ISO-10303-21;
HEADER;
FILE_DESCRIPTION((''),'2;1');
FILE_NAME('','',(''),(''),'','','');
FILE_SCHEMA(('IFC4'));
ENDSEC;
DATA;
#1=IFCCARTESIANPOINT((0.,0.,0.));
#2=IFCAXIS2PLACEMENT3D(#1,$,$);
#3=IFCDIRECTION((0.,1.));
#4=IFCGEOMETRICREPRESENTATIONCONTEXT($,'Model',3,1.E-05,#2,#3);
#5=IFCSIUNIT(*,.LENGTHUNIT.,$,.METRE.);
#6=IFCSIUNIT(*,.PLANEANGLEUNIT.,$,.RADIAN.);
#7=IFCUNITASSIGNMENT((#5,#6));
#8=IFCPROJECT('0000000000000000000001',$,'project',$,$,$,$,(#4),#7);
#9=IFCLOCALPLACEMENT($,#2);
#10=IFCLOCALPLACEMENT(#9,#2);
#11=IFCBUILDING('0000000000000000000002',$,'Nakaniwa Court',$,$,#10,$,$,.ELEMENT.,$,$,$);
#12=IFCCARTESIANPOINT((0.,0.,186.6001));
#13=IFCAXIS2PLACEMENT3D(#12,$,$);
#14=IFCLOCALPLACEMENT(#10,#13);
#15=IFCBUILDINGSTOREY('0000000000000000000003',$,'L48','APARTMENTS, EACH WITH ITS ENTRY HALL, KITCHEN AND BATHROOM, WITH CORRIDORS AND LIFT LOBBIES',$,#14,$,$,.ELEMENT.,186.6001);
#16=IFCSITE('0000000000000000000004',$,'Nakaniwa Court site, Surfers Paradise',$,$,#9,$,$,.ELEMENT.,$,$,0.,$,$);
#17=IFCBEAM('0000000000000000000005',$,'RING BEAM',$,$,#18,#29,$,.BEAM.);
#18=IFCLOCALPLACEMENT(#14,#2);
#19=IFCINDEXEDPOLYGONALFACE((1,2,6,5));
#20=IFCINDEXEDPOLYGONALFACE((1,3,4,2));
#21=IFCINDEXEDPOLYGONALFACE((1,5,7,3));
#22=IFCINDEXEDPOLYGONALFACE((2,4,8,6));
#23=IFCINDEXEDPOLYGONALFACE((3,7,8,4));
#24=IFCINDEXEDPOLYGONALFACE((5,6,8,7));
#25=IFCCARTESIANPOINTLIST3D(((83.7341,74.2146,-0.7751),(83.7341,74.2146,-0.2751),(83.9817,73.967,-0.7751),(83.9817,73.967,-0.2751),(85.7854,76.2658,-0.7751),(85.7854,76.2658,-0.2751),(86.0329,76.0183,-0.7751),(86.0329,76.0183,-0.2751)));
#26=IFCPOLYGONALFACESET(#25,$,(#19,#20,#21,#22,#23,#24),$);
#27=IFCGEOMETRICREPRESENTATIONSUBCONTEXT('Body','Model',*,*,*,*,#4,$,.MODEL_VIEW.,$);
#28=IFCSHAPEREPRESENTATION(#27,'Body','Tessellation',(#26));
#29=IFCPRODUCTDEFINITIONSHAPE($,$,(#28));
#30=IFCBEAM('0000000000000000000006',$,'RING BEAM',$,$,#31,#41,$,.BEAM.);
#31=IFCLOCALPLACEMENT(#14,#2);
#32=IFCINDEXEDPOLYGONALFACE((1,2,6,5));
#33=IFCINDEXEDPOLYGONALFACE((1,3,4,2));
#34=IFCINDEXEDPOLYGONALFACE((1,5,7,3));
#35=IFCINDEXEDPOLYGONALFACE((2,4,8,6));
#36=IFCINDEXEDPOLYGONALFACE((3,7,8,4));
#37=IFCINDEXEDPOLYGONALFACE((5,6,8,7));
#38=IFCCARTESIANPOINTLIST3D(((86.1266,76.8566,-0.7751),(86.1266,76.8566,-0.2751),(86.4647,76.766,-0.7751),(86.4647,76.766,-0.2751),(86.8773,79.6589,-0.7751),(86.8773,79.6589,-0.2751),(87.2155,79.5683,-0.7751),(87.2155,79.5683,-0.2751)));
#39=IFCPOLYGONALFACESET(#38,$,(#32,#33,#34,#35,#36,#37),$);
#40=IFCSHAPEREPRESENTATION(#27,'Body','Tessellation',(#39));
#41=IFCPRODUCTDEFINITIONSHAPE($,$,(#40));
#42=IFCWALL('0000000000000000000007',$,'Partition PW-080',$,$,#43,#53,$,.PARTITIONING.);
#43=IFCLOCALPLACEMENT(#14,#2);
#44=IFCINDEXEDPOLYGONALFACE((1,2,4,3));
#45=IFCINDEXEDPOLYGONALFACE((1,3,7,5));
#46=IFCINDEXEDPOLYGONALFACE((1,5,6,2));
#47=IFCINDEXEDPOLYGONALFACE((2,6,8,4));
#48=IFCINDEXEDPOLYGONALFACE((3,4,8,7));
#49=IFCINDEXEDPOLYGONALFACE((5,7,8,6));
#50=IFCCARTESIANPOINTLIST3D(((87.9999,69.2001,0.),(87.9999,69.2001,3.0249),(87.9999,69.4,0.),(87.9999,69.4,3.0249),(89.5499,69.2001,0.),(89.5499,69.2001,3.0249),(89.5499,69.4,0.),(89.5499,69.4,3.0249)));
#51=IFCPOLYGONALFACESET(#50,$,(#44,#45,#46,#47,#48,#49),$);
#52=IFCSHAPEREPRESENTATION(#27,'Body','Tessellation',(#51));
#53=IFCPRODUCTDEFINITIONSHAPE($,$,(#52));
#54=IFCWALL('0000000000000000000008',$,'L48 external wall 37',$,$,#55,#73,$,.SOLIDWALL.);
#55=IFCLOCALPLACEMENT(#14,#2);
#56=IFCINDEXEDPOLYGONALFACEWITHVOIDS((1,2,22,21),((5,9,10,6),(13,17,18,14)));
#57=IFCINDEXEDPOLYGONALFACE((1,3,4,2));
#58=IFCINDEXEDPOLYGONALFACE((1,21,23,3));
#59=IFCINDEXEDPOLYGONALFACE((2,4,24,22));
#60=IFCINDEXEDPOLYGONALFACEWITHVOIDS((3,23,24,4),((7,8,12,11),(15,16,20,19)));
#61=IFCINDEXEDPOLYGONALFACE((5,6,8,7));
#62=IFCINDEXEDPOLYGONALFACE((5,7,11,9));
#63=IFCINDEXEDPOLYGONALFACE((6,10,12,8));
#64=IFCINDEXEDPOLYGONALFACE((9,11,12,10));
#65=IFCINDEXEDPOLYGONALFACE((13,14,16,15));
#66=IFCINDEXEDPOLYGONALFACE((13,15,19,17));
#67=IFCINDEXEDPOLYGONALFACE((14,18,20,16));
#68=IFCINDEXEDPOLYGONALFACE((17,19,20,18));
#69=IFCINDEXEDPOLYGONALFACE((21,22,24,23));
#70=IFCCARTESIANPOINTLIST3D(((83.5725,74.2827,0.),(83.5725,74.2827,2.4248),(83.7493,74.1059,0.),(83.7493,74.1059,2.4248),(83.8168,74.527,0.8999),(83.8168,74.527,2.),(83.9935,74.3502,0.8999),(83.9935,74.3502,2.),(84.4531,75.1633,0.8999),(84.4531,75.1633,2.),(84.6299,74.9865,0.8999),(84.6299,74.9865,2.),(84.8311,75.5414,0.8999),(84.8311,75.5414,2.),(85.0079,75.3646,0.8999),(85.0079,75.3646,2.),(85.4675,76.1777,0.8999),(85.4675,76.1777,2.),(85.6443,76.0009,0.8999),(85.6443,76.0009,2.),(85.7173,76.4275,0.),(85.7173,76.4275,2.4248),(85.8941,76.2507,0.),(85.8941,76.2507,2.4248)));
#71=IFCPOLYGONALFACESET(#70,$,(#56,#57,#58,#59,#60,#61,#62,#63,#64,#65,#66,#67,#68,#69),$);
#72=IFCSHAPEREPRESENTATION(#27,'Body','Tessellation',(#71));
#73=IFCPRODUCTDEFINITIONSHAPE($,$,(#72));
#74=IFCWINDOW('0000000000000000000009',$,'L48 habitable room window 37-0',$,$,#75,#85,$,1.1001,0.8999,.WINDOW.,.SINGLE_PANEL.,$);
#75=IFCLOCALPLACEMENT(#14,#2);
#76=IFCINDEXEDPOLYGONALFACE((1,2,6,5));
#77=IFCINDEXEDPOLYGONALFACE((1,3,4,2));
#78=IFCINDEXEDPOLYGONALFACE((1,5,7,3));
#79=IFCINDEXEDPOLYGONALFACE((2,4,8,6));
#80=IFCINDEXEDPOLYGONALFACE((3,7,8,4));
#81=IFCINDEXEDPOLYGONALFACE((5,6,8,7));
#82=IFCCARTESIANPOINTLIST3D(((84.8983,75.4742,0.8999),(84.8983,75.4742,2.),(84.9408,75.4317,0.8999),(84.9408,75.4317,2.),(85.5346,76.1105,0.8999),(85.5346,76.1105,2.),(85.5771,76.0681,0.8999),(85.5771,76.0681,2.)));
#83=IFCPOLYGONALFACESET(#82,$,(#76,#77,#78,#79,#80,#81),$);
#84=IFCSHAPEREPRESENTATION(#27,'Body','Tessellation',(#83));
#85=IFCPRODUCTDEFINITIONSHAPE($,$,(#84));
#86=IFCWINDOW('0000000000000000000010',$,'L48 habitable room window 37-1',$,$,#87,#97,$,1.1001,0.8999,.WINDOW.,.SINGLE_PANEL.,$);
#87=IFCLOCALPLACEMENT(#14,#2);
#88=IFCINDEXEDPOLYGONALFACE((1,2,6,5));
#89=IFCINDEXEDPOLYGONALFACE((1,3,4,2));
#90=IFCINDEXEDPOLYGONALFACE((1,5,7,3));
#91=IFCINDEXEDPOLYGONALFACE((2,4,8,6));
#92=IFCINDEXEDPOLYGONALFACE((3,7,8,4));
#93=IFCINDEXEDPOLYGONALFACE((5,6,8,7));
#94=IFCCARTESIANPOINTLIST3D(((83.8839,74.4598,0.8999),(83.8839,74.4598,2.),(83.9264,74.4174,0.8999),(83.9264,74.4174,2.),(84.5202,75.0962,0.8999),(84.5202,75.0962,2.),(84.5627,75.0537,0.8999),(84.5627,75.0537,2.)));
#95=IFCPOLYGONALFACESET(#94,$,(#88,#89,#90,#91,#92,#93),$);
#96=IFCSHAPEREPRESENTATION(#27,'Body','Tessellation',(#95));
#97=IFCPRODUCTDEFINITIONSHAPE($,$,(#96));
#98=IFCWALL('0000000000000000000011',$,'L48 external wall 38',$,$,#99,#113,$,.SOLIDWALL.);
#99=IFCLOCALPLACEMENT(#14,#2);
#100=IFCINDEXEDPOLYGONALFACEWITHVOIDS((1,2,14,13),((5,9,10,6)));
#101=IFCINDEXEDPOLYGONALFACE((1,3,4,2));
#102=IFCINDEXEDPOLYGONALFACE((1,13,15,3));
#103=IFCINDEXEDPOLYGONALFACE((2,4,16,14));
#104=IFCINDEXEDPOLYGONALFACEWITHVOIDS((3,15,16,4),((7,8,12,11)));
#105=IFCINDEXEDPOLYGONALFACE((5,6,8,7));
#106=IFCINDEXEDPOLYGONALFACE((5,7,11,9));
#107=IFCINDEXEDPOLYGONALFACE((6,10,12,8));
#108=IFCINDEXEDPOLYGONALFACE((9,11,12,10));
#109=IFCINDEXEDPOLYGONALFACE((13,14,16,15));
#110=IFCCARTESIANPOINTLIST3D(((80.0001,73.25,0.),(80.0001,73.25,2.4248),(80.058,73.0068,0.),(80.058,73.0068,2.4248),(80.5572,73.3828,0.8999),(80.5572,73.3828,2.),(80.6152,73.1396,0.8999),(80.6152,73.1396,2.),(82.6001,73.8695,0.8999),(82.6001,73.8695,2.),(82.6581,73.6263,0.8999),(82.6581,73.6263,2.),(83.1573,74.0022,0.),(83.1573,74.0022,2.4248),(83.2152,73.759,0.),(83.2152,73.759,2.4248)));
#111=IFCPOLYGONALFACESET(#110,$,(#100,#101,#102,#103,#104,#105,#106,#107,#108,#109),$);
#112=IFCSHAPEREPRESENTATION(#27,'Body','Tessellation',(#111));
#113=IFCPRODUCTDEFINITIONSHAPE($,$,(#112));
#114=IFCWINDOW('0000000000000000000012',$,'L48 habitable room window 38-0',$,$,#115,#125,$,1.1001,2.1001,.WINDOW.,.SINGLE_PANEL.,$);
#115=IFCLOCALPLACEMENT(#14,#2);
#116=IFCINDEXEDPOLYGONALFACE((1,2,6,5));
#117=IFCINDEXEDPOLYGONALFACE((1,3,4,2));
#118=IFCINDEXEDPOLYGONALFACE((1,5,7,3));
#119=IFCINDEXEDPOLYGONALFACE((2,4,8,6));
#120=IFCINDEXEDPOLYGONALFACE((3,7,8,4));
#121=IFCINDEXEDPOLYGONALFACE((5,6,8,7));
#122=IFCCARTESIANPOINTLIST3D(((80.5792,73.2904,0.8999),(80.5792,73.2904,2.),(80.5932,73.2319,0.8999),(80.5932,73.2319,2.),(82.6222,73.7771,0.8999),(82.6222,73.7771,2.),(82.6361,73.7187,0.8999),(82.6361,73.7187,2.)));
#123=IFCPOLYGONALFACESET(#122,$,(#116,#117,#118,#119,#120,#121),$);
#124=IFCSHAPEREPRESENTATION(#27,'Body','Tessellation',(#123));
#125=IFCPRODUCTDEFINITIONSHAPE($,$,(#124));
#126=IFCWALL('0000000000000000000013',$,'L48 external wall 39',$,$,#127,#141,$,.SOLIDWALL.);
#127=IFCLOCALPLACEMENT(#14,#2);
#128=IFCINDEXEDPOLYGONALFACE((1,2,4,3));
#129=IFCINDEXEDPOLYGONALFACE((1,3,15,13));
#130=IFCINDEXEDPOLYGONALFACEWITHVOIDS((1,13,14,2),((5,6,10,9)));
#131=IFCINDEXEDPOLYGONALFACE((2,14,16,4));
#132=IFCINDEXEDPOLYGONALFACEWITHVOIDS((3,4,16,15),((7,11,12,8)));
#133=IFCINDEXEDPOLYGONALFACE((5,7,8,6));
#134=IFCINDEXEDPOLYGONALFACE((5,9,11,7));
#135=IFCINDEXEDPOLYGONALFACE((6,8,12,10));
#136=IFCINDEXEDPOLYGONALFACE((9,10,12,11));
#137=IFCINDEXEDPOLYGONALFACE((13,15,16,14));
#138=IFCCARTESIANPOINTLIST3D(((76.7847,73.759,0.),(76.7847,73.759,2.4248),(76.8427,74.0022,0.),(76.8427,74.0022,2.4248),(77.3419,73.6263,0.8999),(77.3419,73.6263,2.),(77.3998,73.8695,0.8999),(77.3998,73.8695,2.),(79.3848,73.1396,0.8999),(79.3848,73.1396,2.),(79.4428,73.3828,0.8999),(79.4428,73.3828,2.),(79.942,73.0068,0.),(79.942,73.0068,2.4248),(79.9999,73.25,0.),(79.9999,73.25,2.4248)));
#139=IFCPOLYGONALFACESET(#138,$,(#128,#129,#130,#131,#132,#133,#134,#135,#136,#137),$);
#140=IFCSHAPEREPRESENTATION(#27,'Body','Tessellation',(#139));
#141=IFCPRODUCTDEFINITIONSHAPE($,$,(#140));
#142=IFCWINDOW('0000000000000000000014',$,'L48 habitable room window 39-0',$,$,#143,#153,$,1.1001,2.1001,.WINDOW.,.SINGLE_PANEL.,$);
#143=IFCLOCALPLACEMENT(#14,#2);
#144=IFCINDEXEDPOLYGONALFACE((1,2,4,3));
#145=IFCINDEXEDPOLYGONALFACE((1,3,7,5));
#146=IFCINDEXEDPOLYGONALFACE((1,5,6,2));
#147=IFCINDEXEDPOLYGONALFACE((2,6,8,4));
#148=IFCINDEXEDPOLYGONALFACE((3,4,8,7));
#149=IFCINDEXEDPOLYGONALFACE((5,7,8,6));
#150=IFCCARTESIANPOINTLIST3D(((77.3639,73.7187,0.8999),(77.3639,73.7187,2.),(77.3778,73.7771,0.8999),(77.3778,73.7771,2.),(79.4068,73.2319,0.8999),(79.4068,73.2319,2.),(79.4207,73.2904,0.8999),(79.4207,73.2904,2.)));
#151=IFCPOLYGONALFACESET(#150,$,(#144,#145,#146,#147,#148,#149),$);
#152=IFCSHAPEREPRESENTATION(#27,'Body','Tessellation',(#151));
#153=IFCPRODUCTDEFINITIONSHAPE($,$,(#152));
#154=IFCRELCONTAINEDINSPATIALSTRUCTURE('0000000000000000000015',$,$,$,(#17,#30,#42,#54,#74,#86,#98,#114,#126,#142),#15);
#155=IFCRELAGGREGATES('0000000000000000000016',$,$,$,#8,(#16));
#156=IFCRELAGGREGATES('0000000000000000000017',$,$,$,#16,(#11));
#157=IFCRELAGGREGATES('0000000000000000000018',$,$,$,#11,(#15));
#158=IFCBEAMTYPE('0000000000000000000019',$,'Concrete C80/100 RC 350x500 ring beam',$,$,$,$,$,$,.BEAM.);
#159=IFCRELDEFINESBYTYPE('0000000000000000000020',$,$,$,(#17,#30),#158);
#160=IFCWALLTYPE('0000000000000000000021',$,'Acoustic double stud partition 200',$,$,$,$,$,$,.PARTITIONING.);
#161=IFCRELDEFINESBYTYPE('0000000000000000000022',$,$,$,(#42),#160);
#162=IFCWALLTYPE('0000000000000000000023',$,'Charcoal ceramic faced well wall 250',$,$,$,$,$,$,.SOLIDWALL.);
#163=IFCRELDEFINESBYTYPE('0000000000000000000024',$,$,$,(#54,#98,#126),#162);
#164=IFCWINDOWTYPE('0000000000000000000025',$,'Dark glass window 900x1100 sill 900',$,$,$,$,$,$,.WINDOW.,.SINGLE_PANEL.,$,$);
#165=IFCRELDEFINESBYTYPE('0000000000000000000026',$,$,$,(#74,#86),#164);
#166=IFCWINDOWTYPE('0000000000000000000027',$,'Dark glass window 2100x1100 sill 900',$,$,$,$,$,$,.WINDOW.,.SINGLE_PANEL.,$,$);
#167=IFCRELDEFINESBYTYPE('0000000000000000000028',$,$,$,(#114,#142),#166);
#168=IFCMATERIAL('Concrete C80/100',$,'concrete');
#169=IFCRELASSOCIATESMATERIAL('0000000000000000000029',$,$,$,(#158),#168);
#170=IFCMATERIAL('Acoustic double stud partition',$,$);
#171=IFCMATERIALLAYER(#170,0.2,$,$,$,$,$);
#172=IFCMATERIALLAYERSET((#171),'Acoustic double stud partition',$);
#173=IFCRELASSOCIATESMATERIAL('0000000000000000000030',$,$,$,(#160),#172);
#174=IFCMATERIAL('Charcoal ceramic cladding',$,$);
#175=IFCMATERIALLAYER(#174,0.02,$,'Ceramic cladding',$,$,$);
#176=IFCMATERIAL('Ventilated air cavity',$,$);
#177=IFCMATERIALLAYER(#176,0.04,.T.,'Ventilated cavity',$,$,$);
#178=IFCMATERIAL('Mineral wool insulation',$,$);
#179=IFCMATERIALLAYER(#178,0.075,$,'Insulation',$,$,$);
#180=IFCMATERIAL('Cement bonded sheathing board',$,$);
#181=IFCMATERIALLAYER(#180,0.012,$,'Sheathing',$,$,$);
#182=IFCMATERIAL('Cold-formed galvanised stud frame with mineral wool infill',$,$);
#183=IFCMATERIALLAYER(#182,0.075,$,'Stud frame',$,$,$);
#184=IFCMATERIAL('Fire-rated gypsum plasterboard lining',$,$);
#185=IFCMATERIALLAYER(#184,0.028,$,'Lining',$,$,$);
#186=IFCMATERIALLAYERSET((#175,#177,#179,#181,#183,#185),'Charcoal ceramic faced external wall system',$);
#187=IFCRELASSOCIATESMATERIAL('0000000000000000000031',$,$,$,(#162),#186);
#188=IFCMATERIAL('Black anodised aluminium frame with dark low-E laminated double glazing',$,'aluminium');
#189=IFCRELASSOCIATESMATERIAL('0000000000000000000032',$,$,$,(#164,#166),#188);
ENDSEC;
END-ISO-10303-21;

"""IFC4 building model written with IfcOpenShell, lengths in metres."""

from ifc_helpers import new_model, si_unit, direction, frame, frame_2d, origin, origin_2d, place, context, subcontext, project, spatial, rectangle, extrude, material, layer, layer_set, material_profile, profile_set, type_object, element, fill, save


model = new_model("IFC4")

# Units and contexts
model_context = context("Model", 3, precision=1e-05, world=origin(), true_north=direction((0.0, 1.0)))
body_context = subcontext(model_context, "Body", "Model", "MODEL_VIEW")
ifc_project = project(units=[si_unit("LENGTHUNIT", "METRE"), si_unit("PLANEANGLEUNIT", "RADIAN")], contexts=[model_context])

# Site, building, storey
site_placement = place(None, origin())
site = spatial("IfcSite", under=ifc_project, at=site_placement, Name="Nakaniwa Court site, Surfers Paradise", CompositionType="ELEMENT", RefElevation=0.0)
building_placement = place(site_placement, origin())
building = spatial("IfcBuilding", under=site, at=building_placement, Name="Nakaniwa Court", CompositionType="ELEMENT")
storey_placement = place(building_placement, frame((0.0, 0.0, 186.6001)))
storey = spatial("IfcBuildingStorey", under=building, at=storey_placement, Name="L48", Description="APARTMENTS, EACH WITH ITS ENTRY HALL, KITCHEN AND BATHROOM, WITH CORRIDORS AND LIFT LOBBIES", CompositionType="ELEMENT", Elevation=186.6001)

# Shared definitions
ifc_material_1 = material(Name="Concrete C80/100", Category="concrete")

# Beams
ifc_material_profile_1 = material_profile(ifc_material_1, rectangle(XDim=0.3501, YDim=0.5, at=origin_2d()), Name="Concrete C80/100 RC 350x500 ring beam")
ifc_profile_set_1 = profile_set([ifc_material_profile_1], Name="Concrete C80/100")
beam_type = type_object("IfcBeamType", Name="Concrete C80/100 RC 350x500 ring beam", PredefinedType="BEAM", material=ifc_profile_set_1)
beam_1_placement = place(storey_placement, frame((83.8579, 74.0908, -0.5251), z_axis=(0.707107, 0.707107, 0.0), x_axis=(-0.707107, 0.707107, 0.0)))
element("IfcBeam", 1, at=beam_1_placement, inside=storey, type_object=beam_type, Name="RING BEAM", PredefinedType="BEAM", context=body_context, shape_type="SweptSolid", body=[
    extrude(rectangle(XDim=0.3501, YDim=0.5, at=origin_2d()), origin(), (0.0, 0.0, 1.0), 2.9009),
])
beam_2_placement = place(storey_placement, frame((86.2957, 76.8113, -0.5251), z_axis=(0.258778, 0.965937, 0.0), x_axis=(-0.965937, 0.258778, 0.0)))
element("IfcBeam", 2, at=beam_2_placement, inside=storey, type_object=beam_type, Name="RING BEAM", PredefinedType="BEAM", context=body_context, shape_type="SweptSolid", body=[
    extrude(rectangle(XDim=0.3501, YDim=0.5, at=origin_2d()), origin(), (0.0, 0.0, 1.0), 2.9011),
])

# Wall
ifc_material_2 = material(Name="Acoustic double stud partition")
ifc_layer_1 = layer(ifc_material_2, 0.2)
ifc_layer_set_1 = layer_set([ifc_layer_1], Name="Acoustic double stud partition")
wall_type_1 = type_object("IfcWallType", Name="Acoustic double stud partition 200", PredefinedType="PARTITIONING", material=ifc_layer_set_1)
wall_1_placement = place(storey_placement, frame((88.0, 69.3, 0.0), z_axis=(0.0, 0.0, 1.0), x_axis=(1.0, 0.0, 0.0)))
element("IfcWall", 3, at=wall_1_placement, inside=storey, type_object=wall_type_1, Name="Partition PW-080", PredefinedType="PARTITIONING", context=body_context, shape_type="SweptSolid", body=[
    extrude(rectangle(XDim=1.55, YDim=0.2, at=frame_2d((0.7749, 0.0))), origin(), (0.0, 0.0, 1.0), 3.0249),
])

# Wall, openings, windows
ifc_material_3 = material(Name="Charcoal ceramic cladding")
ifc_layer_2 = layer(ifc_material_3, 0.02, Name="Ceramic cladding")
ifc_material_4 = material(Name="Ventilated air cavity")
ifc_layer_3 = layer(ifc_material_4, 0.04, ventilated=True, Name="Ventilated cavity")
ifc_material_5 = material(Name="Mineral wool insulation")
ifc_layer_4 = layer(ifc_material_5, 0.075, Name="Insulation")
ifc_material_6 = material(Name="Cement bonded sheathing board")
ifc_layer_5 = layer(ifc_material_6, 0.012, Name="Sheathing")
ifc_material_7 = material(Name="Cold-formed galvanised stud frame with mineral wool infill")
ifc_layer_6 = layer(ifc_material_7, 0.075, Name="Stud frame")
ifc_material_8 = material(Name="Fire-rated gypsum plasterboard lining")
ifc_layer_7 = layer(ifc_material_8, 0.028, Name="Lining")
ifc_layer_set_2 = layer_set([ifc_layer_2, ifc_layer_3, ifc_layer_4, ifc_layer_5, ifc_layer_6, ifc_layer_7], Name="Charcoal ceramic faced external wall system")
wall_type_2 = type_object("IfcWallType", Name="Charcoal ceramic faced well wall 250", PredefinedType="SOLIDWALL", material=ifc_layer_set_2)
wall_2_placement = place(storey_placement, frame((85.8057, 76.3391, 0.0), z_axis=(0.0, 0.0, 1.0), x_axis=(-0.707107, -0.707107, 0.0)))
wall_2 = element("IfcWall", 4, at=wall_2_placement, inside=storey, type_object=wall_type_2, Name="L48 external wall 37", PredefinedType="SOLIDWALL", context=body_context, shape_type="SweptSolid", body=[
    extrude(rectangle(XDim=3.0332, YDim=0.25, at=frame_2d((1.5166, 0.0))), origin(), (0.0, 0.0, 1.0), 2.4248),
])
opening_1_placement = place(wall_2_placement, frame((0.3533, 0.0, 0.8999)))
opening_1 = element("IfcOpeningElement", 5, at=opening_1_placement, cuts=wall_2, PredefinedType="OPENING", context=body_context, shape_type="SweptSolid", body=[
    extrude(rectangle(XDim=0.8999, YDim=1.1001, at=frame_2d((0.45, 0.55))), frame((0.0, 0.135, 0.0), z_axis=(0.0, -1.0, 0.0), x_axis=(1.0, 0.0, 0.0)), (0.0, 0.0, 1.0), 0.27),
])
opening_2_placement = place(wall_2_placement, frame((1.7878, 0.0, 0.8999)))
opening_2 = element("IfcOpeningElement", 6, at=opening_2_placement, cuts=wall_2, PredefinedType="OPENING", context=body_context, shape_type="SweptSolid", body=[
    extrude(rectangle(XDim=0.8999, YDim=1.1001, at=frame_2d((0.45, 0.55))), frame((0.0, 0.135, 0.0), z_axis=(0.0, -1.0, 0.0), x_axis=(1.0, 0.0, 0.0)), (0.0, 0.0, 1.0), 0.27),
])
ifc_material_9 = material(Name="Black anodised aluminium frame with dark low-E laminated double glazing", Category="aluminium")
window_type_1 = type_object("IfcWindowType", Name="Dark glass window 900x1100 sill 900", PartitioningType="SINGLE_PANEL", PredefinedType="WINDOW", material=ifc_material_9)
window_1_placement = place(opening_1_placement, origin())
window_1 = element("IfcWindow", 7, at=window_1_placement, inside=storey, type_object=window_type_1, Name="L48 habitable room window 37-0", OverallHeight=1.1001, OverallWidth=0.8999, PartitioningType="SINGLE_PANEL", PredefinedType="WINDOW", context=body_context, shape_type="SweptSolid", body=[
    extrude(rectangle(XDim=0.8999, YDim=1.1001, at=frame_2d((0.45, 0.55))), frame((0.0, 0.03, 0.0), z_axis=(0.0, -1.0, 0.0), x_axis=(1.0, 0.0, 0.0)), (0.0, 0.0, 1.0), 0.0601),
])
fill(opening_1, window_1)
window_2_placement = place(opening_2_placement, origin())
window_2 = element("IfcWindow", 8, at=window_2_placement, inside=storey, type_object=window_type_1, Name="L48 habitable room window 37-1", OverallHeight=1.1001, OverallWidth=0.8999, PartitioningType="SINGLE_PANEL", PredefinedType="WINDOW", context=body_context, shape_type="SweptSolid", body=[
    extrude(rectangle(XDim=0.8999, YDim=1.1001, at=frame_2d((0.45, 0.55))), frame((0.0, 0.03, 0.0), z_axis=(0.0, -1.0, 0.0), x_axis=(1.0, 0.0, 0.0)), (0.0, 0.0, 1.0), 0.0601),
])
fill(opening_2, window_2)

# Walls, openings, windows
wall_3_placement = place(storey_placement, frame((83.1863, 73.8806, 0.0), z_axis=(0.0, 0.0, 1.0), x_axis=(-0.972773, -0.23176, 0.0)))
wall_3 = element("IfcWall", 9, at=wall_3_placement, inside=storey, type_object=wall_type_2, Name="L48 external wall 38", PredefinedType="SOLIDWALL", context=body_context, shape_type="SweptSolid", body=[
    extrude(rectangle(XDim=3.2456, YDim=0.25, at=frame_2d((1.6228, 0.0))), origin(), (0.0, 0.0, 1.0), 2.4248),
])
opening_3_placement = place(wall_3_placement, frame((0.5728, 0.0, 0.8999)))
opening_3 = element("IfcOpeningElement", 10, at=opening_3_placement, cuts=wall_3, PredefinedType="OPENING", context=body_context, shape_type="SweptSolid", body=[
    extrude(rectangle(XDim=2.1001, YDim=1.1001, at=frame_2d((1.05, 0.55))), frame((0.0, 0.135, 0.0), z_axis=(0.0, -1.0, 0.0), x_axis=(1.0, 0.0, 0.0)), (0.0, 0.0, 1.0), 0.27),
])
window_type_2 = type_object("IfcWindowType", Name="Dark glass window 2100x1100 sill 900", PartitioningType="SINGLE_PANEL", PredefinedType="WINDOW", material=ifc_material_9)
window_3_placement = place(opening_3_placement, origin())
window_3 = element("IfcWindow", 11, at=window_3_placement, inside=storey, type_object=window_type_2, Name="L48 habitable room window 38-0", OverallHeight=1.1001, OverallWidth=2.1001, PartitioningType="SINGLE_PANEL", PredefinedType="WINDOW", context=body_context, shape_type="SweptSolid", body=[
    extrude(rectangle(XDim=2.1001, YDim=1.1001, at=frame_2d((1.05, 0.55))), frame((0.0, 0.03, 0.0), z_axis=(0.0, -1.0, 0.0), x_axis=(1.0, 0.0, 0.0)), (0.0, 0.0, 1.0), 0.0601),
])
fill(opening_3, window_3)
wall_4_placement = place(storey_placement, frame((79.9709, 73.1284, 0.0), z_axis=(0.0, 0.0, 1.0), x_axis=(-0.972773, 0.23176, 0.0)))
wall_4 = element("IfcWall", 12, at=wall_4_placement, inside=storey, type_object=wall_type_2, Name="L48 external wall 39", PredefinedType="SOLIDWALL", context=body_context, shape_type="SweptSolid", body=[
    extrude(rectangle(XDim=3.2456, YDim=0.25, at=frame_2d((1.6228, 0.0))), origin(), (0.0, 0.0, 1.0), 2.4248),
])
opening_4_placement = place(wall_4_placement, frame((0.5728, 0.0, 0.8999)))
opening_4 = element("IfcOpeningElement", 13, at=opening_4_placement, cuts=wall_4, PredefinedType="OPENING", context=body_context, shape_type="SweptSolid", body=[
    extrude(rectangle(XDim=2.1001, YDim=1.1001, at=frame_2d((1.05, 0.55))), frame((0.0, 0.135, 0.0), z_axis=(0.0, -1.0, 0.0), x_axis=(1.0, 0.0, 0.0)), (0.0, 0.0, 1.0), 0.27),
])
window_4_placement = place(opening_4_placement, origin())
window_4 = element("IfcWindow", 14, at=window_4_placement, inside=storey, type_object=window_type_2, Name="L48 habitable room window 39-0", OverallHeight=1.1001, OverallWidth=2.1001, PartitioningType="SINGLE_PANEL", PredefinedType="WINDOW", context=body_context, shape_type="SweptSolid", body=[
    extrude(rectangle(XDim=2.1001, YDim=1.1001, at=frame_2d((1.05, 0.55))), frame((0.0, 0.03, 0.0), z_axis=(0.0, -1.0, 0.0), x_axis=(1.0, 0.0, 0.0)), (0.0, 0.0, 1.0), 0.0601),
])
fill(opening_4, window_4)

save(model, "model.ifc")
